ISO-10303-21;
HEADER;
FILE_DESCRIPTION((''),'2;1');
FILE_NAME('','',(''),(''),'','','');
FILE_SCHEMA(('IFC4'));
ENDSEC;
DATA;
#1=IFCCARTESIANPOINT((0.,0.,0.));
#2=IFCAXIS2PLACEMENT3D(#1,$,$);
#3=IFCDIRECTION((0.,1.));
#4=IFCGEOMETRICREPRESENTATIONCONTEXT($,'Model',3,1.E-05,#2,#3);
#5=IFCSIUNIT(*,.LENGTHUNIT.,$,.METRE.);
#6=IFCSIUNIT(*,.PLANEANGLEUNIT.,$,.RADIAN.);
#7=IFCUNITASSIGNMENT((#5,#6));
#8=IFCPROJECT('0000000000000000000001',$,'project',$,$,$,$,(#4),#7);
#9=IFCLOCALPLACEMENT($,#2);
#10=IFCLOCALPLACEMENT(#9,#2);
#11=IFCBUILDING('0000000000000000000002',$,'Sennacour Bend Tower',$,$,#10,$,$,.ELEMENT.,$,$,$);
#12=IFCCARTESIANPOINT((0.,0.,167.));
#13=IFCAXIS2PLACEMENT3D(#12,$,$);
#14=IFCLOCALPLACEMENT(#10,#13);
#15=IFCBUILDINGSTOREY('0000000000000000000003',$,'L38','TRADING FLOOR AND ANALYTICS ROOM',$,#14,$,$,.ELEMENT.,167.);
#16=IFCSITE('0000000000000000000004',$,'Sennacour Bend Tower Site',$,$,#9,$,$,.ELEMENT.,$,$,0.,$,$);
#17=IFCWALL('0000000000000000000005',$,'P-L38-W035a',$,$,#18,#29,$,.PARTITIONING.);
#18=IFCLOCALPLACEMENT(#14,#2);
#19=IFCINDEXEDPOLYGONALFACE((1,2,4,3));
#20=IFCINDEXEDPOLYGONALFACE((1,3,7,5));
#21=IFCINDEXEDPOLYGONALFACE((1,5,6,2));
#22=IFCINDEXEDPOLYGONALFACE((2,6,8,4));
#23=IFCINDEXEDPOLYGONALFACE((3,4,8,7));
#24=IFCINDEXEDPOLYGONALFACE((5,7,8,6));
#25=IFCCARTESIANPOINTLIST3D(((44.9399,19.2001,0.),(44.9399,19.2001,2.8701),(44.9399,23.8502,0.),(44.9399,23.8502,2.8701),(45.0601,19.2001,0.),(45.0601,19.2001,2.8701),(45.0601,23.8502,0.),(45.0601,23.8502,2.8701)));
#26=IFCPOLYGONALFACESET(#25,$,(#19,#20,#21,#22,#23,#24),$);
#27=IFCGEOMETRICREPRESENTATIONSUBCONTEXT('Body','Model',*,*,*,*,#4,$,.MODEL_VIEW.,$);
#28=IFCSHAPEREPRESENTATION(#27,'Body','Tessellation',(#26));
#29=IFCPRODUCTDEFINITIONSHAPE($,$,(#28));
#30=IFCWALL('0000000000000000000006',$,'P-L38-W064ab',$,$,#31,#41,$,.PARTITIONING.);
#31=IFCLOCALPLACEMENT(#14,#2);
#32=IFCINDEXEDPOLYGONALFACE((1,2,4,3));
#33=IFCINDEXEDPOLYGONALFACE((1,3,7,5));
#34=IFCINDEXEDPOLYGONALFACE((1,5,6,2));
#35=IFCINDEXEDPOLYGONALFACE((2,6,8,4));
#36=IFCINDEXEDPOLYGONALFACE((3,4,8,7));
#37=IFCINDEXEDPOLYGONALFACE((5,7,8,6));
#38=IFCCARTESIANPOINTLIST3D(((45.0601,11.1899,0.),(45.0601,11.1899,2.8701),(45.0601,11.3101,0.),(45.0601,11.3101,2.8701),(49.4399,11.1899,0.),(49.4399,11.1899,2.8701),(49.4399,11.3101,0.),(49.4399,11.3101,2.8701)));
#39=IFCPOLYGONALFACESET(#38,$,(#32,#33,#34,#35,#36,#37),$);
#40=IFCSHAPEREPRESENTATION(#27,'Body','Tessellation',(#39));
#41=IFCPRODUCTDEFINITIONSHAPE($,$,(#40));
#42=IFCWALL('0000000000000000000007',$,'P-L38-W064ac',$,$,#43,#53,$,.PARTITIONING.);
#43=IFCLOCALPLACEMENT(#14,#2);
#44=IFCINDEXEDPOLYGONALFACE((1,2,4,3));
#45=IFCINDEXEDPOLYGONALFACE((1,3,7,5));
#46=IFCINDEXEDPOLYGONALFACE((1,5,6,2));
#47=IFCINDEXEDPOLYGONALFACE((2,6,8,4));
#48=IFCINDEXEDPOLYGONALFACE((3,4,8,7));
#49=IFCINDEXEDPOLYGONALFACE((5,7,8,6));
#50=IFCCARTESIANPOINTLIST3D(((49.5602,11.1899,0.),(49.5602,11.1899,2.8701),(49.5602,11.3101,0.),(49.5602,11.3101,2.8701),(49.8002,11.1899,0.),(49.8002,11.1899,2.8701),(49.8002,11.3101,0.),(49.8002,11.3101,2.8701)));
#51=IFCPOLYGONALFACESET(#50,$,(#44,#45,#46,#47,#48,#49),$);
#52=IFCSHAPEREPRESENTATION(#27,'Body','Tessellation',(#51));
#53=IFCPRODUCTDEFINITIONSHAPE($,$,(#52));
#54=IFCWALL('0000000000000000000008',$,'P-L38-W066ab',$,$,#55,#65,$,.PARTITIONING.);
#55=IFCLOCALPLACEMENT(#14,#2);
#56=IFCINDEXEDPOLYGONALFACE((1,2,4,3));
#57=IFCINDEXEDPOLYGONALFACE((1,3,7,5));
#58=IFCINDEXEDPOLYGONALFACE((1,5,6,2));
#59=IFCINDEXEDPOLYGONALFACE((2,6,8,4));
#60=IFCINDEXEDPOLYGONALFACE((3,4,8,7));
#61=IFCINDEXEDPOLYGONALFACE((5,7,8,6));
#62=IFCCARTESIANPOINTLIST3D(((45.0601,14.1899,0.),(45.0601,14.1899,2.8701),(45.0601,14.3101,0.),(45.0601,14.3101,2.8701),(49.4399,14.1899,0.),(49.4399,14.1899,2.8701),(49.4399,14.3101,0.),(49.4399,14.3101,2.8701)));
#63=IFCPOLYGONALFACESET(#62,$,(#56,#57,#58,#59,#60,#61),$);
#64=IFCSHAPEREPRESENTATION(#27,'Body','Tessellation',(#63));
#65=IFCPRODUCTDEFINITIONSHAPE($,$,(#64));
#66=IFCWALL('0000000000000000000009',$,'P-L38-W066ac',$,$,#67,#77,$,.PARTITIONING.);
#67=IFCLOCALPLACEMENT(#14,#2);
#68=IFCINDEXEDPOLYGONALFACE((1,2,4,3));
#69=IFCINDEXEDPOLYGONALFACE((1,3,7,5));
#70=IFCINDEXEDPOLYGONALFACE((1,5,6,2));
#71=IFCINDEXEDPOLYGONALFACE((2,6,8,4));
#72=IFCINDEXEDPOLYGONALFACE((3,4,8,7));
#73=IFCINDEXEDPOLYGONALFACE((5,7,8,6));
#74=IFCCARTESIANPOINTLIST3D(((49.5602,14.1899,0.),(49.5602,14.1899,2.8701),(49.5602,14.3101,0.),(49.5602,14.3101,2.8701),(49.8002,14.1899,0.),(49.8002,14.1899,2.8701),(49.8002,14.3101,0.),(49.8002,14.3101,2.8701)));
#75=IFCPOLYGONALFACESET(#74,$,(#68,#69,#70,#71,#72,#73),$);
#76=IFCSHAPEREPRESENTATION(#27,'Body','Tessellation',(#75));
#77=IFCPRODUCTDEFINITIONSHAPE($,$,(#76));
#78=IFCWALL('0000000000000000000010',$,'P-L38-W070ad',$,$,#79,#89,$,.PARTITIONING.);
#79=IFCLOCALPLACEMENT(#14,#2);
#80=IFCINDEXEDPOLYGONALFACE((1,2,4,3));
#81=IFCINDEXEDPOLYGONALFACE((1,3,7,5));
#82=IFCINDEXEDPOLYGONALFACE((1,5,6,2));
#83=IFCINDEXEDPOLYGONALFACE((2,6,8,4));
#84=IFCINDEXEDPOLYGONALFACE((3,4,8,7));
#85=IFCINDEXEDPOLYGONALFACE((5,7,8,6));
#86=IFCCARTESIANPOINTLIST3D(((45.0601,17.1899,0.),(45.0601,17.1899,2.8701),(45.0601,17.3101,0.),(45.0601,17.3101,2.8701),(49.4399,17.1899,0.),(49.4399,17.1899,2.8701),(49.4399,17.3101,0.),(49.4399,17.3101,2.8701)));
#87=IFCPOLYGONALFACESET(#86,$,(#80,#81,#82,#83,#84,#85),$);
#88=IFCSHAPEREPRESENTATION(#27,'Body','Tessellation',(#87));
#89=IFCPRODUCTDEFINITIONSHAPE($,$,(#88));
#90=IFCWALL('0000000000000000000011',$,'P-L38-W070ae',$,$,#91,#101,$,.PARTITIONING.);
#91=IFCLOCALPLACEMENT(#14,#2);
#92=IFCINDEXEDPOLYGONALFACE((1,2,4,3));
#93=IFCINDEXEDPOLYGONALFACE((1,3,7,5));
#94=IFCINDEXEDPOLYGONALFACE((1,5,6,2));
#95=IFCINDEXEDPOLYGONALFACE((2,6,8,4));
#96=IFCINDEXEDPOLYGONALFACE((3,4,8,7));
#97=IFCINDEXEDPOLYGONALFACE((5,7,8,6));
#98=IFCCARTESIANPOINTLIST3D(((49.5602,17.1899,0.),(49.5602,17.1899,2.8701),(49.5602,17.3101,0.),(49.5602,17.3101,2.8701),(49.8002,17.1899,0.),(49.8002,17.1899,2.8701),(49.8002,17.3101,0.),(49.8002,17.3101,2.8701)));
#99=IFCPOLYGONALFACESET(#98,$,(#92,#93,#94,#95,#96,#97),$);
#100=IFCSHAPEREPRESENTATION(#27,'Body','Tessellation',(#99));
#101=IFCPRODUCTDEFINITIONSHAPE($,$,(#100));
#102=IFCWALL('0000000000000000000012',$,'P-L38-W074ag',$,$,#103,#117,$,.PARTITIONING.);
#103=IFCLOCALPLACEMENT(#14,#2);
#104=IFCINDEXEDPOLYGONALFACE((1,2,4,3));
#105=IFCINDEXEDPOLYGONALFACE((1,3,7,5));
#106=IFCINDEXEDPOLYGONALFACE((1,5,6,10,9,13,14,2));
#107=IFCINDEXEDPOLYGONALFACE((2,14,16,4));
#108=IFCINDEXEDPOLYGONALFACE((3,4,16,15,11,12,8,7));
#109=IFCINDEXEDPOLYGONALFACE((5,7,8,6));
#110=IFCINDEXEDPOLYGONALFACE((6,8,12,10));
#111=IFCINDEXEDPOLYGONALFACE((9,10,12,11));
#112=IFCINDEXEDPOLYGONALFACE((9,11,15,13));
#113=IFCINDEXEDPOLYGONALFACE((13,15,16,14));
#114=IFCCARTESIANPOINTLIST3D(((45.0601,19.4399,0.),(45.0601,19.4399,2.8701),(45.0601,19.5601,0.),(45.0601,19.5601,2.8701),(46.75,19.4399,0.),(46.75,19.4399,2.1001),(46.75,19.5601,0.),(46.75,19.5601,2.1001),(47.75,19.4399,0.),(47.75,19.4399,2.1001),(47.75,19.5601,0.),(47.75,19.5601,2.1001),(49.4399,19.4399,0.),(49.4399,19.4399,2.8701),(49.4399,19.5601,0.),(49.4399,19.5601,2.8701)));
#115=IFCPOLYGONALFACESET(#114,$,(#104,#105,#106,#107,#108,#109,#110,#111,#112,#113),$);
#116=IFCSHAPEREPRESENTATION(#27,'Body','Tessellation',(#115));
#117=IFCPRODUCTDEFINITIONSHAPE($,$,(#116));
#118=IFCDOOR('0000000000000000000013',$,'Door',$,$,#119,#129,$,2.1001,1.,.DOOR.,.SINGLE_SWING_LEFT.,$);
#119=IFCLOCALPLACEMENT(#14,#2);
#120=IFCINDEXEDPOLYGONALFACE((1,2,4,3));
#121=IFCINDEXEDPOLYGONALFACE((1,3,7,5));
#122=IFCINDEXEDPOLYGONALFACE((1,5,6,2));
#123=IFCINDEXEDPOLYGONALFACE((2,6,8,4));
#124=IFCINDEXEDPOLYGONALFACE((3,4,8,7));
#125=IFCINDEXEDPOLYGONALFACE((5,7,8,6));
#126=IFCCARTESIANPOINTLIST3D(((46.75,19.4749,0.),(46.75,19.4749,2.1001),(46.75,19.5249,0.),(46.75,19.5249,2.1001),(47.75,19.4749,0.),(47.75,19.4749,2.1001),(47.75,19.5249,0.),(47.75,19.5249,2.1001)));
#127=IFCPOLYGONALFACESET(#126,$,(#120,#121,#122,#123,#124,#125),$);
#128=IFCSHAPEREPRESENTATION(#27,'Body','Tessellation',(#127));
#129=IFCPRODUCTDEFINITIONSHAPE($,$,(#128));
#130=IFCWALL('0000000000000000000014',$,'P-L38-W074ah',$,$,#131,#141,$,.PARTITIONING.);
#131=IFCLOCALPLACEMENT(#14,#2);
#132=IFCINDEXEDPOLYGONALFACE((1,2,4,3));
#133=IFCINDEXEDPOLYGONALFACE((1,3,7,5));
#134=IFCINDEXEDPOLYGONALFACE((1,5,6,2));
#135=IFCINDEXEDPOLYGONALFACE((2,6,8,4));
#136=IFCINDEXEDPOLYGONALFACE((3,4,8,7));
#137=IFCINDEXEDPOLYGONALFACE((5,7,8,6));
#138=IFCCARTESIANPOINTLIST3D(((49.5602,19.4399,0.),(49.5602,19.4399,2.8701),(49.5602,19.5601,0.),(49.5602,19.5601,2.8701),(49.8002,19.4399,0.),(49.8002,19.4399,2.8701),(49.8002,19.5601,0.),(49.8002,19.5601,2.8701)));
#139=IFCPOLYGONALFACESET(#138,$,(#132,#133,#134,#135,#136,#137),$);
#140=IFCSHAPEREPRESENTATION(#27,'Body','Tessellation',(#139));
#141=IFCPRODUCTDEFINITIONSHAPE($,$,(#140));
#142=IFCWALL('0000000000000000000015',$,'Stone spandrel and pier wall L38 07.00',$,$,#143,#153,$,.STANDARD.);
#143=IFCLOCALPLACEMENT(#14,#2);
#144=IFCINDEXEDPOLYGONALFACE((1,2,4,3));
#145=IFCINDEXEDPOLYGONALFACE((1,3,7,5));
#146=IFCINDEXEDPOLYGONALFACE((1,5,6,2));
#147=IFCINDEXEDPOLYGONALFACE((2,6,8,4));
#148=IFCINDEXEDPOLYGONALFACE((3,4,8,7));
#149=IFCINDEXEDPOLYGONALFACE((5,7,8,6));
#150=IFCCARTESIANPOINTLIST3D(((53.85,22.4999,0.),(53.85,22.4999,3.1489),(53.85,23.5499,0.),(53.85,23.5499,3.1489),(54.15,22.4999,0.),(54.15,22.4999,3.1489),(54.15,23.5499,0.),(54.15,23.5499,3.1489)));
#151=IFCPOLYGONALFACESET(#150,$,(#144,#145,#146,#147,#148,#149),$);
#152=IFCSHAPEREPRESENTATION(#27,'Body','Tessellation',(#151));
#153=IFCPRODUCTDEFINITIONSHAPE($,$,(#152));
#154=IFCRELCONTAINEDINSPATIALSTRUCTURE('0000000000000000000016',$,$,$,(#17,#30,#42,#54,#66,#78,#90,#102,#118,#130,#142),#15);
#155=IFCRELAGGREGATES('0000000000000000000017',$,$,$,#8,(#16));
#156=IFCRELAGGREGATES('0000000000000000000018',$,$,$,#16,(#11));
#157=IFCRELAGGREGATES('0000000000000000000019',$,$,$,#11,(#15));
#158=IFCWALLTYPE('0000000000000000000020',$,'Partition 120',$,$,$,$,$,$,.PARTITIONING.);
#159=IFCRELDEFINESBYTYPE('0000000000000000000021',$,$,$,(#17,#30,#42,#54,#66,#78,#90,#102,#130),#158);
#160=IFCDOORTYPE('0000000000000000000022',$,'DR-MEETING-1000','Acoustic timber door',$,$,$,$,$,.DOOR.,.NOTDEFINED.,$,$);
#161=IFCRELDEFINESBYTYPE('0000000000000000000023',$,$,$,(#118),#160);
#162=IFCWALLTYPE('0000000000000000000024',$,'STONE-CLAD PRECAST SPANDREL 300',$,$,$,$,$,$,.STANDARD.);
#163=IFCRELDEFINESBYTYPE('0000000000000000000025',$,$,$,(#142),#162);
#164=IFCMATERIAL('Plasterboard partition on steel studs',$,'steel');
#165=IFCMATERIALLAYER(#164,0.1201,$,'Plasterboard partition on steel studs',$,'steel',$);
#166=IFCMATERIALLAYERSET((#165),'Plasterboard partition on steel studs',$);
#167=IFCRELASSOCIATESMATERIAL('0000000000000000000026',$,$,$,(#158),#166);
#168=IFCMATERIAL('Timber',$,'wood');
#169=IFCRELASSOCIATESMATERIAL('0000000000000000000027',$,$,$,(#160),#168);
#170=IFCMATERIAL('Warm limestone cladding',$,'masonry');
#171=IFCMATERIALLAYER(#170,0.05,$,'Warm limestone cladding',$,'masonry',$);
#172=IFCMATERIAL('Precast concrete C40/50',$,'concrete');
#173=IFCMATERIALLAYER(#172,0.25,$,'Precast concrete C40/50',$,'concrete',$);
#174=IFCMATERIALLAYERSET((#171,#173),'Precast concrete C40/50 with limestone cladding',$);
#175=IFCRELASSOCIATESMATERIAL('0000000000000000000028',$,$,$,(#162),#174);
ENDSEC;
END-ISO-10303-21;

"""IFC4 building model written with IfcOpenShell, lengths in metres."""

from ifc_helpers import new_model, si_unit, direction, frame, frame_2d, origin, place, context, subcontext, project, spatial, rectangle, extrude, material, layer, layer_set, type_object, element, fill, save


model = new_model("IFC4")

# Units and contexts
model_context = context("Model", 3, precision=1e-05, world=origin(), true_north=direction((0.0, 1.0)))
body_context = subcontext(model_context, "Body", "Model", "MODEL_VIEW")
ifc_project = project(units=[si_unit("LENGTHUNIT", "METRE"), si_unit("PLANEANGLEUNIT", "RADIAN")], contexts=[model_context])

# Site, building, storey
site_placement = place(None, origin())
site = spatial("IfcSite", under=ifc_project, at=site_placement, Name="Sennacour Bend Tower Site", CompositionType="ELEMENT", RefElevation=0.0)
building_placement = place(site_placement, origin())
building = spatial("IfcBuilding", under=site, at=building_placement, Name="Sennacour Bend Tower", CompositionType="ELEMENT")
storey_placement = place(building_placement, frame((0.0, 0.0, 167.0)))
storey = spatial("IfcBuildingStorey", under=building, at=storey_placement, Name="L38", Description="TRADING FLOOR AND ANALYTICS ROOM", CompositionType="ELEMENT", Elevation=167.0)

# Walls
ifc_material_1 = material(Name="Plasterboard partition on steel studs", Category="steel")
ifc_layer_1 = layer(ifc_material_1, 0.1201, Name="Plasterboard partition on steel studs", Category="steel")
ifc_layer_set_1 = layer_set([ifc_layer_1], Name="Plasterboard partition on steel studs")
wall_type_1 = type_object("IfcWallType", Name="Partition 120", PredefinedType="PARTITIONING", material=ifc_layer_set_1)
wall_1_placement = place(storey_placement, frame((45.0, 19.2, 0.0), z_axis=(0.0, 0.0, 1.0), x_axis=(0.0, 1.0, 0.0)))
element("IfcWall", 1, at=wall_1_placement, inside=storey, type_object=wall_type_1, Name="P-L38-W035a", PredefinedType="PARTITIONING", context=body_context, shape_type="SweptSolid", body=[
    extrude(rectangle(XDim=4.6501, YDim=0.1201, at=frame_2d((2.3252, 0.0))), origin(), (0.0, 0.0, 1.0), 2.8701),
])
wall_2_placement = place(storey_placement, frame((45.0601, 11.25, 0.0), z_axis=(0.0, 0.0, 1.0), x_axis=(1.0, 0.0, 0.0)))
element("IfcWall", 2, at=wall_2_placement, inside=storey, type_object=wall_type_1, Name="P-L38-W064ab", PredefinedType="PARTITIONING", context=body_context, shape_type="SweptSolid", body=[
    extrude(rectangle(XDim=4.3799, YDim=0.1201, at=frame_2d((2.1899, 0.0))), origin(), (0.0, 0.0, 1.0), 2.8701),
])
wall_3_placement = place(storey_placement, frame((49.5601, 11.25, 0.0), z_axis=(0.0, 0.0, 1.0), x_axis=(1.0, 0.0, 0.0)))
element("IfcWall", 3, at=wall_3_placement, inside=storey, type_object=wall_type_1, Name="P-L38-W064ac", PredefinedType="PARTITIONING", context=body_context, shape_type="SweptSolid", body=[
    extrude(rectangle(XDim=0.24, YDim=0.1201, at=frame_2d((0.1201, 0.0))), origin(), (0.0, 0.0, 1.0), 2.8701),
])
wall_4_placement = place(storey_placement, frame((45.0601, 14.25, 0.0), z_axis=(0.0, 0.0, 1.0), x_axis=(1.0, 0.0, 0.0)))
element("IfcWall", 4, at=wall_4_placement, inside=storey, type_object=wall_type_1, Name="P-L38-W066ab", PredefinedType="PARTITIONING", context=body_context, shape_type="SweptSolid", body=[
    extrude(rectangle(XDim=4.3799, YDim=0.1201, at=frame_2d((2.1899, 0.0))), origin(), (0.0, 0.0, 1.0), 2.8701),
])
wall_5_placement = place(storey_placement, frame((49.5601, 14.25, 0.0), z_axis=(0.0, 0.0, 1.0), x_axis=(1.0, 0.0, 0.0)))
element("IfcWall", 5, at=wall_5_placement, inside=storey, type_object=wall_type_1, Name="P-L38-W066ac", PredefinedType="PARTITIONING", context=body_context, shape_type="SweptSolid", body=[
    extrude(rectangle(XDim=0.24, YDim=0.1201, at=frame_2d((0.1201, 0.0))), origin(), (0.0, 0.0, 1.0), 2.8701),
])
wall_6_placement = place(storey_placement, frame((45.0601, 17.25, 0.0), z_axis=(0.0, 0.0, 1.0), x_axis=(1.0, 0.0, 0.0)))
element("IfcWall", 6, at=wall_6_placement, inside=storey, type_object=wall_type_1, Name="P-L38-W070ad", PredefinedType="PARTITIONING", context=body_context, shape_type="SweptSolid", body=[
    extrude(rectangle(XDim=4.3799, YDim=0.1201, at=frame_2d((2.1899, 0.0))), origin(), (0.0, 0.0, 1.0), 2.8701),
])
wall_7_placement = place(storey_placement, frame((49.5601, 17.25, 0.0), z_axis=(0.0, 0.0, 1.0), x_axis=(1.0, 0.0, 0.0)))
element("IfcWall", 7, at=wall_7_placement, inside=storey, type_object=wall_type_1, Name="P-L38-W070ae", PredefinedType="PARTITIONING", context=body_context, shape_type="SweptSolid", body=[
    extrude(rectangle(XDim=0.24, YDim=0.1201, at=frame_2d((0.1201, 0.0))), origin(), (0.0, 0.0, 1.0), 2.8701),
])

# Wall, opening, door
wall_8_placement = place(storey_placement, frame((45.0601, 19.5, 0.0), z_axis=(0.0, 0.0, 1.0), x_axis=(1.0, 0.0, 0.0)))
wall_8 = element("IfcWall", 8, at=wall_8_placement, inside=storey, type_object=wall_type_1, Name="P-L38-W074ag", PredefinedType="PARTITIONING", context=body_context, shape_type="SweptSolid", body=[
    extrude(rectangle(XDim=4.3799, YDim=0.1201, at=frame_2d((2.1899, 0.0))), origin(), (0.0, 0.0, 1.0), 2.8701),
])
opening_1_placement = place(wall_8_placement, frame((1.6899, 0.0, 0.0)))
opening_1 = element("IfcOpeningElement", 9, at=opening_1_placement, cuts=wall_8, PredefinedType="OPENING", context=body_context, shape_type="SweptSolid", body=[
    extrude(rectangle(XDim=1.0, YDim=2.1001, at=frame_2d((0.5, 1.05))), frame((0.0, 0.0701, 0.0), z_axis=(0.0, -1.0, 0.0), x_axis=(1.0, 0.0, 0.0)), (0.0, 0.0, 1.0), 0.1401),
])
ifc_material_2 = material(Name="Timber", Category="wood")
door_type_1 = type_object("IfcDoorType", Name="DR-MEETING-1000", Description="Acoustic timber door", OperationType="NOTDEFINED", PredefinedType="DOOR", material=ifc_material_2)
door_1_placement = place(opening_1_placement, origin())
door_1 = element("IfcDoor", 10, at=door_1_placement, inside=storey, type_object=door_type_1, Name="Door", OperationType="SINGLE_SWING_LEFT", OverallHeight=2.1001, OverallWidth=1.0, PredefinedType="DOOR", context=body_context, shape_type="SweptSolid", body=[
    extrude(rectangle(XDim=1.0, YDim=2.1001, at=frame_2d((0.5, 1.05))), frame((0.0, 0.0249, 0.0), z_axis=(0.0, -1.0, 0.0), x_axis=(1.0, 0.0, 0.0)), (0.0, 0.0, 1.0), 0.05),
])
fill(opening_1, door_1)

# Walls
wall_9_placement = place(storey_placement, frame((49.5601, 19.5, 0.0), z_axis=(0.0, 0.0, 1.0), x_axis=(1.0, 0.0, 0.0)))
element("IfcWall", 11, at=wall_9_placement, inside=storey, type_object=wall_type_1, Name="P-L38-W074ah", PredefinedType="PARTITIONING", context=body_context, shape_type="SweptSolid", body=[
    extrude(rectangle(XDim=0.24, YDim=0.1201, at=frame_2d((0.1201, 0.0))), origin(), (0.0, 0.0, 1.0), 2.8701),
])
ifc_material_3 = material(Name="Warm limestone cladding", Category="masonry")
ifc_layer_2 = layer(ifc_material_3, 0.05, Name="Warm limestone cladding", Category="masonry")
ifc_material_4 = material(Name="Precast concrete C40/50", Category="concrete")
ifc_layer_3 = layer(ifc_material_4, 0.25, Name="Precast concrete C40/50", Category="concrete")
ifc_layer_set_2 = layer_set([ifc_layer_2, ifc_layer_3], Name="Precast concrete C40/50 with limestone cladding")
wall_type_2 = type_object("IfcWallType", Name="STONE-CLAD PRECAST SPANDREL 300", PredefinedType="STANDARD", material=ifc_layer_set_2)
wall_10_placement = place(storey_placement, frame((54.0, 22.5, 0.0), z_axis=(0.0, 0.0, 1.0), x_axis=(0.0, 1.0, 0.0)))
element("IfcWall", 12, at=wall_10_placement, inside=storey, type_object=wall_type_2, Name="Stone spandrel and pier wall L38 07.00", PredefinedType="STANDARD", context=body_context, shape_type="SweptSolid", body=[
    extrude(rectangle(XDim=1.05, YDim=0.3, at=frame_2d((0.5249, 0.0))), origin(), (0.0, 0.0, 1.0), 3.1489),
])

save(model, "model.ifc")
